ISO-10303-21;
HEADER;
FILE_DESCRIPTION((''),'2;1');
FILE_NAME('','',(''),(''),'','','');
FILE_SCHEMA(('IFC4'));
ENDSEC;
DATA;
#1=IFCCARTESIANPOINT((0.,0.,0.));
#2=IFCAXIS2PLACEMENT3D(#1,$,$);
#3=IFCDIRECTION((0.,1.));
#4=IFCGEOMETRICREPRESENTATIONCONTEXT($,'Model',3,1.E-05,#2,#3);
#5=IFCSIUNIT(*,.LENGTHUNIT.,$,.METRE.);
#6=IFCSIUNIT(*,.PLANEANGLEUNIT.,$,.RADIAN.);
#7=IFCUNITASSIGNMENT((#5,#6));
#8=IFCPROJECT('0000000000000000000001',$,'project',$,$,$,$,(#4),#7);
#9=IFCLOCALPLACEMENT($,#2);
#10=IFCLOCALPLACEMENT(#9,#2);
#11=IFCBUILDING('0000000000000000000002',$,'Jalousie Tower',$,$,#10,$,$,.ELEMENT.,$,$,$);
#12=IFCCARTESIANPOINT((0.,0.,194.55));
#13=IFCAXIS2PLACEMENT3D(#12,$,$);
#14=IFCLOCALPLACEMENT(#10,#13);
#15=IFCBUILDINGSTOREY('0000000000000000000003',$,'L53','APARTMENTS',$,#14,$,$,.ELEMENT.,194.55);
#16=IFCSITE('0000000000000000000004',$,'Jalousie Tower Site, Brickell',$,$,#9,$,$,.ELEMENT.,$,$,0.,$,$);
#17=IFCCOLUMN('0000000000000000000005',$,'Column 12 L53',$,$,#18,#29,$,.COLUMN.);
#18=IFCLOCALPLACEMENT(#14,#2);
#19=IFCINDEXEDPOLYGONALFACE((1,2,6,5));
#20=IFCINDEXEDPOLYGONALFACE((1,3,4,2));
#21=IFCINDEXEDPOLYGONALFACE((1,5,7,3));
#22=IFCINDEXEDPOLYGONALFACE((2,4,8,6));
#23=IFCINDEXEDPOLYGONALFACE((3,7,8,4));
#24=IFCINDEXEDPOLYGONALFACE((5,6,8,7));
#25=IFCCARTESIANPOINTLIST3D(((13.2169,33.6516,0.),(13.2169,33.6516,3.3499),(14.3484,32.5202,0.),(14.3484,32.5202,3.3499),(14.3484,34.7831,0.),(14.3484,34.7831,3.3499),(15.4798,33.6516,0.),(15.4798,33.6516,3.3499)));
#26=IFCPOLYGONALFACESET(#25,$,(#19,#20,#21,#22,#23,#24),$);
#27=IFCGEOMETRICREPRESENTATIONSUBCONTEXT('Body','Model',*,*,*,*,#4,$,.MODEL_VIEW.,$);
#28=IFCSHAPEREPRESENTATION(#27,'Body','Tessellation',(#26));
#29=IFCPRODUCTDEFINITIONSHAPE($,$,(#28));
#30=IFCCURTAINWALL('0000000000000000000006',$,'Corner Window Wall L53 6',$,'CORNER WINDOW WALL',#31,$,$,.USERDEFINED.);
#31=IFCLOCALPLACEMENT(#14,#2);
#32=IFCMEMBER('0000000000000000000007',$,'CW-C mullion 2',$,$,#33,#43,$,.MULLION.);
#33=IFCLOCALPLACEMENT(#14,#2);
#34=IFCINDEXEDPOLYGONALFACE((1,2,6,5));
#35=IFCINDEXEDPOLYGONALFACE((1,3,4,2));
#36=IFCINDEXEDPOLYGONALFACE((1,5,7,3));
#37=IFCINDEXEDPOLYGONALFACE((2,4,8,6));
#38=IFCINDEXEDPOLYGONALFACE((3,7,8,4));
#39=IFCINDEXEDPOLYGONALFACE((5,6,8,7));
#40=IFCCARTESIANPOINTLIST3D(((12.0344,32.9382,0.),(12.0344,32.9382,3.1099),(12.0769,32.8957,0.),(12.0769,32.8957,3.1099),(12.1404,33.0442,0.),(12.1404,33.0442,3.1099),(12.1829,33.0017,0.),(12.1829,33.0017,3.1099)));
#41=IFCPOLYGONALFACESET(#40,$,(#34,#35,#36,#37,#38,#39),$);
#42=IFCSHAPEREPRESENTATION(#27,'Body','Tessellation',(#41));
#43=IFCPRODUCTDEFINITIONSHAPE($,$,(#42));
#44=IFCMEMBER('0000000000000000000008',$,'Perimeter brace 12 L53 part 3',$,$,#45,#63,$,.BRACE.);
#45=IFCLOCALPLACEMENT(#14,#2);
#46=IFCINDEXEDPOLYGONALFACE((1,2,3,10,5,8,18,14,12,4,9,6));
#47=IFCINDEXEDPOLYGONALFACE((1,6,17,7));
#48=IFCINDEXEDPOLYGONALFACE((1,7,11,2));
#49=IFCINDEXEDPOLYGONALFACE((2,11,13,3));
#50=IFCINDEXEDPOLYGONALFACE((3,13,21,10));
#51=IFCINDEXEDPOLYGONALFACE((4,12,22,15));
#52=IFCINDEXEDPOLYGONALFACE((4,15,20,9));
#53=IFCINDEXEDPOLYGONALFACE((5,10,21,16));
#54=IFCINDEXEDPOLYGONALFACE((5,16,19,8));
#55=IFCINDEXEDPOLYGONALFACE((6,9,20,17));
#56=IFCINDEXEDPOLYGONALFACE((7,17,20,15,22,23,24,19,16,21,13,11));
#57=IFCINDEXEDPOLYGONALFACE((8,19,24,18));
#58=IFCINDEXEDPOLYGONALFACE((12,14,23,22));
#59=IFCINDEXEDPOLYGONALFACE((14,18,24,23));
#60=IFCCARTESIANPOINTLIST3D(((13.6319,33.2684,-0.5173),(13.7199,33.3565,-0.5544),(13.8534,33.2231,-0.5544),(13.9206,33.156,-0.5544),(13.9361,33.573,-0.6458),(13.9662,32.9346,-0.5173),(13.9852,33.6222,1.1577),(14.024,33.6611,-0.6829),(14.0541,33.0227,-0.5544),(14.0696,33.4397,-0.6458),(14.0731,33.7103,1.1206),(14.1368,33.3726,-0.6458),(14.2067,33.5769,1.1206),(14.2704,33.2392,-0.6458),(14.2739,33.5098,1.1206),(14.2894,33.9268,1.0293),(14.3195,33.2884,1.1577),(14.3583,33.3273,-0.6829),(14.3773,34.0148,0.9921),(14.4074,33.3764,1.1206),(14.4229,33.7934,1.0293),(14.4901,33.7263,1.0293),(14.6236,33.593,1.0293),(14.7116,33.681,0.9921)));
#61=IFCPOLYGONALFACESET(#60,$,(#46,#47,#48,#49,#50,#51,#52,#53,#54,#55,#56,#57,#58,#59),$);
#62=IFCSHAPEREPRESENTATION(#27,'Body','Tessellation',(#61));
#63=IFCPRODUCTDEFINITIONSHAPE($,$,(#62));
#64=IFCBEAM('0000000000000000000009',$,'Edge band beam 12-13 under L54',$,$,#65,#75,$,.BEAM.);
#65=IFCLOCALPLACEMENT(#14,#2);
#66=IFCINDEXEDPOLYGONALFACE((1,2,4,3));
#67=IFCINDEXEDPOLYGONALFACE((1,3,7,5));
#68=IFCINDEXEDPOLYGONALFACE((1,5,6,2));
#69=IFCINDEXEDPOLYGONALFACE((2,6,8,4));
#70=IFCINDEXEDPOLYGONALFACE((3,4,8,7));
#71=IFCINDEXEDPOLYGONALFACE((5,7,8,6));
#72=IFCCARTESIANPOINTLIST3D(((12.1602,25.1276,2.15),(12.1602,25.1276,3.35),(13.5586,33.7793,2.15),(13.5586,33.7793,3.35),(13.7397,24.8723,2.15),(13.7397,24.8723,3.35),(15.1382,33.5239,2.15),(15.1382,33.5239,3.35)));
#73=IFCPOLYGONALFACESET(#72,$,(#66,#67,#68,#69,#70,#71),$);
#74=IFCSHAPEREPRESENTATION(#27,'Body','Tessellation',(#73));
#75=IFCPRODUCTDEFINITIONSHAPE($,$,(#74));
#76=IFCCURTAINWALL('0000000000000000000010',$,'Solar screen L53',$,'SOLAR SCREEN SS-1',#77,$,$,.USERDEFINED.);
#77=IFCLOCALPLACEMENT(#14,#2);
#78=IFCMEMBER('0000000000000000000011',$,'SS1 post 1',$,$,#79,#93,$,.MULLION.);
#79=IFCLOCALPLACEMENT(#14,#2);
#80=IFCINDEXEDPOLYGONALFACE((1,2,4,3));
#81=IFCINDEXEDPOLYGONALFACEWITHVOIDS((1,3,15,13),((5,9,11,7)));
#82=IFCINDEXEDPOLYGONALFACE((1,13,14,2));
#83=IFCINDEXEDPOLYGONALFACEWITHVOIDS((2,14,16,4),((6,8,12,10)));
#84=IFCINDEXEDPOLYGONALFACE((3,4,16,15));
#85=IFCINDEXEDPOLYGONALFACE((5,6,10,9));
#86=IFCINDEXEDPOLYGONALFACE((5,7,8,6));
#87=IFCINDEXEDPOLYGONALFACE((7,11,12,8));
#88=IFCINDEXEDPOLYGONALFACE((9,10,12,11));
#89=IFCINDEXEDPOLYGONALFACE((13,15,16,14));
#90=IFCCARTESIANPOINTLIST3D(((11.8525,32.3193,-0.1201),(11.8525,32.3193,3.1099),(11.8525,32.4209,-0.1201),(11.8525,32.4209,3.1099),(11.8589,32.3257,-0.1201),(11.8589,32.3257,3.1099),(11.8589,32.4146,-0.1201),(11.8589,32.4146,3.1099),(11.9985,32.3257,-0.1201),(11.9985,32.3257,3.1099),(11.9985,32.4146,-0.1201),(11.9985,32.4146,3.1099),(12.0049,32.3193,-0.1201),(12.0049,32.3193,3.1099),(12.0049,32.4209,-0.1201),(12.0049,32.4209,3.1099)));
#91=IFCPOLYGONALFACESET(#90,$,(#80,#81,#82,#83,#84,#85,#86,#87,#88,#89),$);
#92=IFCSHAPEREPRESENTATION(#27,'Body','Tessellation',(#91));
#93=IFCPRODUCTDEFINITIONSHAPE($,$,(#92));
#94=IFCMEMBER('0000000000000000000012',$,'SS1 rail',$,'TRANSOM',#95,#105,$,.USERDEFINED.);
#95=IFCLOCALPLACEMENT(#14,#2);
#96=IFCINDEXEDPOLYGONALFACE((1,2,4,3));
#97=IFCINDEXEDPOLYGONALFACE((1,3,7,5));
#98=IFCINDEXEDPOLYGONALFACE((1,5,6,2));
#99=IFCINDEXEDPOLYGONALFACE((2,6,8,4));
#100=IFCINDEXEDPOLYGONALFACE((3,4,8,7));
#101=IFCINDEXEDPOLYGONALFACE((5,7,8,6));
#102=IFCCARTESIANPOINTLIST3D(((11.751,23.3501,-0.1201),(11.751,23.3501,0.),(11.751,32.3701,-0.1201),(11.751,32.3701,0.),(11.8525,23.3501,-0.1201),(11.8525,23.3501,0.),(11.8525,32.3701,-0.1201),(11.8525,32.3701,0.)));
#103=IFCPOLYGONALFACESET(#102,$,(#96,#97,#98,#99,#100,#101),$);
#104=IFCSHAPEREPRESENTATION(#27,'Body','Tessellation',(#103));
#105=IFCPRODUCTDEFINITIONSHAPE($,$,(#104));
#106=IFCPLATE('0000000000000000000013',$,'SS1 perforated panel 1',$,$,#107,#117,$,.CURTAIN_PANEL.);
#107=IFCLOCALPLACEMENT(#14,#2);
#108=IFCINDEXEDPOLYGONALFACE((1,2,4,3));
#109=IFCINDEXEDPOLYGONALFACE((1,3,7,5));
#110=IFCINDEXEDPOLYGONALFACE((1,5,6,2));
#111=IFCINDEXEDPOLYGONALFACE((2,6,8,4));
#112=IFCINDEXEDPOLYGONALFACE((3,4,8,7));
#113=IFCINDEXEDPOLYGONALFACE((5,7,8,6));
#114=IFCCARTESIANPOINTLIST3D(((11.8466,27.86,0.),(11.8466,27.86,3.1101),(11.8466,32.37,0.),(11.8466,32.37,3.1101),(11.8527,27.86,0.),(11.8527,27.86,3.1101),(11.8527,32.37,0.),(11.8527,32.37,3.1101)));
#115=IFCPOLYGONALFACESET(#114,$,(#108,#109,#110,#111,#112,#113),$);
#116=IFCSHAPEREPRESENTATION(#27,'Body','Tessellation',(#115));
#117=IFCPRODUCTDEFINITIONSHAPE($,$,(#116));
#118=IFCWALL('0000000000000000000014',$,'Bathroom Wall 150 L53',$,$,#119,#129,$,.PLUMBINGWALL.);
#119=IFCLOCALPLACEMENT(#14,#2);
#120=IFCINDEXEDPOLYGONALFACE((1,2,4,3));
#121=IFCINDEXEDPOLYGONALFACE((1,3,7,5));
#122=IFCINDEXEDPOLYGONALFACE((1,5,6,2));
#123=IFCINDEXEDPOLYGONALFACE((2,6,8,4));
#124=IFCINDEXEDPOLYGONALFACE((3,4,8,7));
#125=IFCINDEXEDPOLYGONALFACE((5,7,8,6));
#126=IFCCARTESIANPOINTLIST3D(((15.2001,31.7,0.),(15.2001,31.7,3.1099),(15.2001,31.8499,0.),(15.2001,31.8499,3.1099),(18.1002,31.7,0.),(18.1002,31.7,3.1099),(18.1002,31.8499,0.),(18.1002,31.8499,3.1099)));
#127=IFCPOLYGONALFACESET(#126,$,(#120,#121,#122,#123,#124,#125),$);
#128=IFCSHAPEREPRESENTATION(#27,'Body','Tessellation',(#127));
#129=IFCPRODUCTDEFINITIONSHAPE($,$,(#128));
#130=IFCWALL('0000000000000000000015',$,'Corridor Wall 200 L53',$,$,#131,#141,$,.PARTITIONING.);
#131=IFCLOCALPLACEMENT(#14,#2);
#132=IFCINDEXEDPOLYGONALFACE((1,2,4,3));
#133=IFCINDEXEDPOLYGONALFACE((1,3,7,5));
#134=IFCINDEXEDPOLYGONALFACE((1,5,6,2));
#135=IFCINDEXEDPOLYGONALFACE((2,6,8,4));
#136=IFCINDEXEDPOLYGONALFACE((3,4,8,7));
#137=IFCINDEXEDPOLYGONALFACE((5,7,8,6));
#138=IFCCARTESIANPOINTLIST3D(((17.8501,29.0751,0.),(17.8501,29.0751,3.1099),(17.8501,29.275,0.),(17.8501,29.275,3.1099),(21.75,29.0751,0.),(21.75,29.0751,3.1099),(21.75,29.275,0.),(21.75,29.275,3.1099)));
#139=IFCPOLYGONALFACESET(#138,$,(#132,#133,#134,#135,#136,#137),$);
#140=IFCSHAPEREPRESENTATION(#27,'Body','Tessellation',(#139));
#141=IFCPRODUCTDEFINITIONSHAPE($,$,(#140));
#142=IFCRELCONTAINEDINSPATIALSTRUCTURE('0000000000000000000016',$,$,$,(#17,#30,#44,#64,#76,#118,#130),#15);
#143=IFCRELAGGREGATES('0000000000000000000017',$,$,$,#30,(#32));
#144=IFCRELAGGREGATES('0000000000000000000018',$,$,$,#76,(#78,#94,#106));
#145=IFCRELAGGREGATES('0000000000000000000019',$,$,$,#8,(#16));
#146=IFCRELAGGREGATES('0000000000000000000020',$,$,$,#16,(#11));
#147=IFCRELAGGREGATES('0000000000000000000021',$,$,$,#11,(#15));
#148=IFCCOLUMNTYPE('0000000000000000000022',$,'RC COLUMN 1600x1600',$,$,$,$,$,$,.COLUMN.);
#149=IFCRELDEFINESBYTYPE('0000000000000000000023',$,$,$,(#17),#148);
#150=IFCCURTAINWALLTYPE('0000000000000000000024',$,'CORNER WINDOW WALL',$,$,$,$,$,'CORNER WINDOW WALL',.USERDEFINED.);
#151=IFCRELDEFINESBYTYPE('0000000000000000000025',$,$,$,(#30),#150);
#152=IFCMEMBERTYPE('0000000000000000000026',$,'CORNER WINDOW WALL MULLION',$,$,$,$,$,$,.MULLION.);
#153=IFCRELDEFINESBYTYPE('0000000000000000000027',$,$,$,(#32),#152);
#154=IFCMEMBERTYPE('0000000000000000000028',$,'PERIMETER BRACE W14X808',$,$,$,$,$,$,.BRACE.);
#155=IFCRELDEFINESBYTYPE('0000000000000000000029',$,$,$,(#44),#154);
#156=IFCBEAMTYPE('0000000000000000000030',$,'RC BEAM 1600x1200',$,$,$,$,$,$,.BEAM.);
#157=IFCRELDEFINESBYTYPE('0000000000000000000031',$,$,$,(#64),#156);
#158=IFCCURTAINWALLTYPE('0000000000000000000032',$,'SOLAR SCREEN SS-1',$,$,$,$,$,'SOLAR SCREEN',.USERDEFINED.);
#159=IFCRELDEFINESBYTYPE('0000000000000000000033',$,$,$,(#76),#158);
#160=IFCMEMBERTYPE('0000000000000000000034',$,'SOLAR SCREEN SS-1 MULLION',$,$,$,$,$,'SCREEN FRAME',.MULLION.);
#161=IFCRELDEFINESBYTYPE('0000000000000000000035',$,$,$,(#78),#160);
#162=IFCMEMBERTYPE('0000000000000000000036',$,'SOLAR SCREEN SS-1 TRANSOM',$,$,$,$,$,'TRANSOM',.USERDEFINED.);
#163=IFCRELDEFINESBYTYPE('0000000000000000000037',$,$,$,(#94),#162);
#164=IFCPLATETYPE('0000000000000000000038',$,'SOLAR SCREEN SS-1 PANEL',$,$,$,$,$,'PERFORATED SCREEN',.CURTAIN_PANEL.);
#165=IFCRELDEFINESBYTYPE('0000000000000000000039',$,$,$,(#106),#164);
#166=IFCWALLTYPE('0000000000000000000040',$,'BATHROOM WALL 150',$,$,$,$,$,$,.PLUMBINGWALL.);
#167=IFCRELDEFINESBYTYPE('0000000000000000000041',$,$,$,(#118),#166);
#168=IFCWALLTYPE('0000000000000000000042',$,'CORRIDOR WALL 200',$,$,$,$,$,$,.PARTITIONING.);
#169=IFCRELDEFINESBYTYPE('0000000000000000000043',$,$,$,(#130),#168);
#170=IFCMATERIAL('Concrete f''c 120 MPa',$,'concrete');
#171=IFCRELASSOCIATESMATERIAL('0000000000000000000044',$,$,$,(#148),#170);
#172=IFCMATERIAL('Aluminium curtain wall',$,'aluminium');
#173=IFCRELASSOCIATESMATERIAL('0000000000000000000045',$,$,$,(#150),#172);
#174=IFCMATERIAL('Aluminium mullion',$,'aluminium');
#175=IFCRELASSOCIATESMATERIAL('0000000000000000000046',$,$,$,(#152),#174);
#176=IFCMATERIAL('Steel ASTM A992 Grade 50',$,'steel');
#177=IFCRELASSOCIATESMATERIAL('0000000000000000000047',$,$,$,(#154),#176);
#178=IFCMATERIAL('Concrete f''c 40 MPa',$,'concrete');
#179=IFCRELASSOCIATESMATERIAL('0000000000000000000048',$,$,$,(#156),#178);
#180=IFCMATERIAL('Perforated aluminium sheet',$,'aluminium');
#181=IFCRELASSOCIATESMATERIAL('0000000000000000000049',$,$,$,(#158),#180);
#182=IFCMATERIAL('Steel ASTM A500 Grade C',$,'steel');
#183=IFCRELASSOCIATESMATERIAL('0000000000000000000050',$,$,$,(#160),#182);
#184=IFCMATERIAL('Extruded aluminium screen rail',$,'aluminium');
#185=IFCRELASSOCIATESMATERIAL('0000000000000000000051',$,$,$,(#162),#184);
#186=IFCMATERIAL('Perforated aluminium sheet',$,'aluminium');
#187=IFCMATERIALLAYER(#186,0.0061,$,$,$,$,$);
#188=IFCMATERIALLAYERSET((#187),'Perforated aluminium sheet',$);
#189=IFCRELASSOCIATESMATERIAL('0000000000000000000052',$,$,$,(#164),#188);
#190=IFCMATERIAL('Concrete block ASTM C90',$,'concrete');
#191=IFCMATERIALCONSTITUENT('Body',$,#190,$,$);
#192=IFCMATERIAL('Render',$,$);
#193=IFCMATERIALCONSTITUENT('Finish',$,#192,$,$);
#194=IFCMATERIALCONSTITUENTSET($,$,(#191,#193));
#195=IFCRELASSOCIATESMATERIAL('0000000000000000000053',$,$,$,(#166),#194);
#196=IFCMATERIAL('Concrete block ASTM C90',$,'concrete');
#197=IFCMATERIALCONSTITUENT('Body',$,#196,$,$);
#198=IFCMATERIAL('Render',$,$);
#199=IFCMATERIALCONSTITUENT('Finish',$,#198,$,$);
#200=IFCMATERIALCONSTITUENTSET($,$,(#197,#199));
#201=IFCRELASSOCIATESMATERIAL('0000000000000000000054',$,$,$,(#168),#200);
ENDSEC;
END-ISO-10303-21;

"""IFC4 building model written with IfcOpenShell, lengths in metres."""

from ifc_helpers import new_model, si_unit, direction, frame, frame_2d, origin, origin_2d, place, context, subcontext, project, spatial, rectangle, hollow_rectangle, i_section, extrude, material, layer, layer_set, constituent, constituent_set, material_profile, profile_set, type_object, element, aggregate, save


model = new_model("IFC4")

# Units and contexts
model_context = context("Model", 3, precision=1e-05, world=origin(), true_north=direction((0.0, 1.0)))
body_context = subcontext(model_context, "Body", "Model", "MODEL_VIEW")
ifc_project = project(units=[si_unit("LENGTHUNIT", "METRE"), si_unit("PLANEANGLEUNIT", "RADIAN")], contexts=[model_context])

# Site, building, storey
site_placement = place(None, origin())
site = spatial("IfcSite", under=ifc_project, at=site_placement, Name="Jalousie Tower Site, Brickell", CompositionType="ELEMENT", RefElevation=0.0)
building_placement = place(site_placement, origin())
building = spatial("IfcBuilding", under=site, at=building_placement, Name="Jalousie Tower", CompositionType="ELEMENT")
storey_placement = place(building_placement, frame((0.0, 0.0, 194.55)))
storey = spatial("IfcBuildingStorey", under=building, at=storey_placement, Name="L53", Description="APARTMENTS", CompositionType="ELEMENT", Elevation=194.55)

# Column
ifc_material_1 = material(Name="Concrete f'c 120 MPa", Category="concrete")
ifc_material_profile_1 = material_profile(ifc_material_1, rectangle(XDim=1.6001, YDim=1.6001, at=origin_2d()), Name="RC 1600x1600")
ifc_profile_set_1 = profile_set([ifc_material_profile_1], Name="Concrete f'c 120 MPa")
column_type = type_object("IfcColumnType", Name="RC COLUMN 1600x1600", PredefinedType="COLUMN", material=ifc_profile_set_1)
column_placement = place(storey_placement, frame((14.3484, 33.6516, 0.0), z_axis=(0.0, 0.0, 1.0), x_axis=(0.707107, 0.707107, 0.0)))
element("IfcColumn", 1, at=column_placement, inside=storey, type_object=column_type, Name="Column 12 L53", PredefinedType="COLUMN", context=body_context, shape_type="SweptSolid", body=[
    extrude(rectangle(XDim=1.6001, YDim=1.6001, at=origin_2d()), origin(), (0.0, 0.0, 1.0), 3.3499),
])

# Curtain wall, member
ifc_material_2 = material(Name="Aluminium curtain wall", Category="aluminium")
curtain_wall_type_1 = type_object("IfcCurtainWallType", Name="CORNER WINDOW WALL", ElementType="CORNER WINDOW WALL", PredefinedType="USERDEFINED", material=ifc_material_2)
curtain_wall_1_placement = place(storey_placement, origin())
curtain_wall_1 = element("IfcCurtainWall", 2, at=curtain_wall_1_placement, inside=storey, type_object=curtain_wall_type_1, Name="Corner Window Wall L53 6", ObjectType="CORNER WINDOW WALL", PredefinedType="USERDEFINED")
ifc_material_3 = material(Name="Aluminium mullion", Category="aluminium")
ifc_material_profile_2 = material_profile(ifc_material_3, rectangle(XDim=0.0601, YDim=0.1499, at=origin_2d()), Name="MULLION 60x150")
ifc_profile_set_2 = profile_set([ifc_material_profile_2], Name="Aluminium mullion")
member_type_1 = type_object("IfcMemberType", Name="CORNER WINDOW WALL MULLION", PredefinedType="MULLION", material=ifc_profile_set_2)
member_1_placement = place(storey_placement, frame((12.1086, 32.97, 0.0), z_axis=(0.0, 0.0, 1.0), x_axis=(0.707107, -0.707107, 0.0)))
member_1 = element("IfcMember", 3, at=member_1_placement, type_object=member_type_1, Name="CW-C mullion 2", PredefinedType="MULLION", context=body_context, shape_type="SweptSolid", body=[
    extrude(rectangle(XDim=0.0601, YDim=0.1499, at=origin_2d()), origin(), (0.0, 0.0, 1.0), 3.1099),
])
aggregate(curtain_wall_1, [member_1])

# Member
ifc_material_4 = material(Name="Steel ASTM A992 Grade 50", Category="steel")
ifc_material_profile_3 = material_profile(ifc_material_4, i_section(OverallWidth=0.4724, OverallDepth=0.5791, WebThickness=0.095, FlangeThickness=0.1299, at=origin_2d()), Name="W14X808")
ifc_profile_set_3 = profile_set([ifc_material_profile_3], Name="Steel ASTM A992 Grade 50")
member_type_2 = type_object("IfcMemberType", Name="PERIMETER BRACE W14X808", PredefinedType="BRACE", material=ifc_profile_set_3)
member_2_placement = place(storey_placement, frame((13.9951, 33.2979, -0.6001), z_axis=(0.202093, 0.202372, 0.95823), x_axis=(-0.707595, 0.706618, 0.0)))
element("IfcMember", 4, at=member_2_placement, inside=storey, type_object=member_type_2, Name="Perimeter brace 12 L53 part 3", PredefinedType="BRACE", context=body_context, shape_type="SweptSolid", body=[
    extrude(i_section(OverallWidth=0.4724, OverallDepth=0.5791, WebThickness=0.095, FlangeThickness=0.1299, at=origin_2d()), origin(), (0.0, 0.0, 1.0), 1.748),
])

# Beam
ifc_material_5 = material(Name="Concrete f'c 40 MPa", Category="concrete")
ifc_material_profile_4 = material_profile(ifc_material_5, rectangle(XDim=1.6001, YDim=1.2, at=origin_2d()), Name="RC 1600x1200")
ifc_profile_set_4 = profile_set([ifc_material_profile_4], Name="Concrete f'c 40 MPa")
beam_type = type_object("IfcBeamType", Name="RC BEAM 1600x1200", PredefinedType="BEAM", material=ifc_profile_set_4)
beam_placement = place(storey_placement, frame((14.3484, 33.6516, 2.75), z_axis=(-0.159568, -0.987187, 0.0), x_axis=(0.987187, -0.159568, 0.0)))
element("IfcBeam", 5, at=beam_placement, inside=storey, type_object=beam_type, Name="Edge band beam 12-13 under L54", PredefinedType="BEAM", context=body_context, shape_type="SweptSolid", body=[
    extrude(rectangle(XDim=1.6001, YDim=1.2, at=origin_2d()), origin(), (0.0, 0.0, 1.0), 8.7639),
])

# Curtain wall, members, plate
ifc_material_6 = material(Name="Perforated aluminium sheet", Category="aluminium")
curtain_wall_type_2 = type_object("IfcCurtainWallType", Name="SOLAR SCREEN SS-1", ElementType="SOLAR SCREEN", PredefinedType="USERDEFINED", material=ifc_material_6)
curtain_wall_2_placement = place(storey_placement, origin())
curtain_wall_2 = element("IfcCurtainWall", 6, at=curtain_wall_2_placement, inside=storey, type_object=curtain_wall_type_2, Name="Solar screen L53", ObjectType="SOLAR SCREEN SS-1", PredefinedType="USERDEFINED")
ifc_material_7 = material(Name="Steel ASTM A500 Grade C", Category="steel")
ifc_material_profile_5 = material_profile(ifc_material_7, hollow_rectangle(XDim=0.1016, YDim=0.1523, WallThickness=0.0063, at=origin_2d()), Name="HSS6X4X1/4")
ifc_profile_set_5 = profile_set([ifc_material_profile_5], Name="Steel ASTM A500 Grade C")
member_type_3 = type_object("IfcMemberType", Name="SOLAR SCREEN SS-1 MULLION", ElementType="SCREEN FRAME", PredefinedType="MULLION", material=ifc_profile_set_5)
member_3_placement = place(storey_placement, frame((11.9287, 32.3701, -0.1201), z_axis=(0.0, 0.0, 1.0), x_axis=(0.0, -1.0, 0.0)))
member_3 = element("IfcMember", 7, at=member_3_placement, type_object=member_type_3, Name="SS1 post 1", PredefinedType="MULLION", context=body_context, shape_type="SweptSolid", body=[
    extrude(hollow_rectangle(XDim=0.1016, YDim=0.1523, WallThickness=0.0063, at=origin_2d()), origin(), (0.0, 0.0, 1.0), 3.23),
])
ifc_material_8 = material(Name="Extruded aluminium screen rail", Category="aluminium")
ifc_material_profile_6 = material_profile(ifc_material_8, rectangle(XDim=0.1016, YDim=0.1201, at=origin_2d()), Name="RAIL 102x120")
ifc_profile_set_6 = profile_set([ifc_material_profile_6], Name="Extruded aluminium screen rail")
member_type_4 = type_object("IfcMemberType", Name="SOLAR SCREEN SS-1 TRANSOM", ElementType="TRANSOM", PredefinedType="USERDEFINED", material=ifc_profile_set_6)
member_4_placement = place(storey_placement, frame((11.8018, 32.3701, -0.0601), z_axis=(0.0, -1.0, 0.0), x_axis=(1.0, 0.0, 0.0)))
member_4 = element("IfcMember", 8, at=member_4_placement, type_object=member_type_4, Name="SS1 rail", ObjectType="TRANSOM", PredefinedType="USERDEFINED", context=body_context, shape_type="SweptSolid", body=[
    extrude(rectangle(XDim=0.1016, YDim=0.1201, at=origin_2d()), origin(), (0.0, 0.0, 1.0), 9.02),
])
ifc_material_9 = material(Name="Perforated aluminium sheet", Category="aluminium")
ifc_layer = layer(ifc_material_9, 0.0061)
ifc_layer_set = layer_set([ifc_layer], Name="Perforated aluminium sheet")
plate_type = type_object("IfcPlateType", Name="SOLAR SCREEN SS-1 PANEL", ElementType="PERFORATED SCREEN", PredefinedType="CURTAIN_PANEL", material=ifc_layer_set)
plate_placement = place(storey_placement, frame((11.8496, 30.115, 0.0), z_axis=(0.0, 0.0, 1.0), x_axis=(0.0, -1.0, 0.0)))
plate = element("IfcPlate", 9, at=plate_placement, type_object=plate_type, Name="SS1 perforated panel 1", PredefinedType="CURTAIN_PANEL", context=body_context, shape_type="SweptSolid", body=[
    extrude(rectangle(XDim=4.51, YDim=0.0061, at=origin_2d()), origin(), (0.0, 0.0, 1.0), 3.1101),
])
aggregate(curtain_wall_2, [member_3, member_4, plate])

# Walls
ifc_material_10 = material(Name="Concrete block ASTM C90", Category="concrete")
ifc_constituent_1 = constituent(ifc_material_10, Name="Body")
ifc_material_11 = material(Name="Render")
ifc_constituent_2 = constituent(ifc_material_11, Name="Finish")
ifc_constituent_set_1 = constituent_set(constituents=[ifc_constituent_1, ifc_constituent_2])
wall_type_1 = type_object("IfcWallType", Name="BATHROOM WALL 150", PredefinedType="PLUMBINGWALL", material=ifc_constituent_set_1)
wall_1_placement = place(storey_placement, frame((15.2, 31.7749, 0.0), z_axis=(0.0, 0.0, 1.0), x_axis=(1.0, 0.0, 0.0)))
element("IfcWall", 10, at=wall_1_placement, inside=storey, type_object=wall_type_1, Name="Bathroom Wall 150 L53", PredefinedType="PLUMBINGWALL", context=body_context, shape_type="SweptSolid", body=[
    extrude(rectangle(XDim=2.9001, YDim=0.1499, at=frame_2d((1.4502, 0.0))), origin(), (0.0, 0.0, 1.0), 3.1099),
])
ifc_material_12 = material(Name="Concrete block ASTM C90", Category="concrete")
ifc_constituent_3 = constituent(ifc_material_12, Name="Body")
ifc_material_13 = material(Name="Render")
ifc_constituent_4 = constituent(ifc_material_13, Name="Finish")
ifc_constituent_set_2 = constituent_set(constituents=[ifc_constituent_3, ifc_constituent_4])
wall_type_2 = type_object("IfcWallType", Name="CORRIDOR WALL 200", PredefinedType="PARTITIONING", material=ifc_constituent_set_2)
wall_2_placement = place(storey_placement, frame((17.8501, 29.175, 0.0), z_axis=(0.0, 0.0, 1.0), x_axis=(1.0, 0.0, 0.0)))
element("IfcWall", 11, at=wall_2_placement, inside=storey, type_object=wall_type_2, Name="Corridor Wall 200 L53", PredefinedType="PARTITIONING", context=body_context, shape_type="SweptSolid", body=[
    extrude(rectangle(XDim=3.8999, YDim=0.2, at=frame_2d((1.95, 0.0))), origin(), (0.0, 0.0, 1.0), 3.1099),
])

save(model, "model.ifc")
